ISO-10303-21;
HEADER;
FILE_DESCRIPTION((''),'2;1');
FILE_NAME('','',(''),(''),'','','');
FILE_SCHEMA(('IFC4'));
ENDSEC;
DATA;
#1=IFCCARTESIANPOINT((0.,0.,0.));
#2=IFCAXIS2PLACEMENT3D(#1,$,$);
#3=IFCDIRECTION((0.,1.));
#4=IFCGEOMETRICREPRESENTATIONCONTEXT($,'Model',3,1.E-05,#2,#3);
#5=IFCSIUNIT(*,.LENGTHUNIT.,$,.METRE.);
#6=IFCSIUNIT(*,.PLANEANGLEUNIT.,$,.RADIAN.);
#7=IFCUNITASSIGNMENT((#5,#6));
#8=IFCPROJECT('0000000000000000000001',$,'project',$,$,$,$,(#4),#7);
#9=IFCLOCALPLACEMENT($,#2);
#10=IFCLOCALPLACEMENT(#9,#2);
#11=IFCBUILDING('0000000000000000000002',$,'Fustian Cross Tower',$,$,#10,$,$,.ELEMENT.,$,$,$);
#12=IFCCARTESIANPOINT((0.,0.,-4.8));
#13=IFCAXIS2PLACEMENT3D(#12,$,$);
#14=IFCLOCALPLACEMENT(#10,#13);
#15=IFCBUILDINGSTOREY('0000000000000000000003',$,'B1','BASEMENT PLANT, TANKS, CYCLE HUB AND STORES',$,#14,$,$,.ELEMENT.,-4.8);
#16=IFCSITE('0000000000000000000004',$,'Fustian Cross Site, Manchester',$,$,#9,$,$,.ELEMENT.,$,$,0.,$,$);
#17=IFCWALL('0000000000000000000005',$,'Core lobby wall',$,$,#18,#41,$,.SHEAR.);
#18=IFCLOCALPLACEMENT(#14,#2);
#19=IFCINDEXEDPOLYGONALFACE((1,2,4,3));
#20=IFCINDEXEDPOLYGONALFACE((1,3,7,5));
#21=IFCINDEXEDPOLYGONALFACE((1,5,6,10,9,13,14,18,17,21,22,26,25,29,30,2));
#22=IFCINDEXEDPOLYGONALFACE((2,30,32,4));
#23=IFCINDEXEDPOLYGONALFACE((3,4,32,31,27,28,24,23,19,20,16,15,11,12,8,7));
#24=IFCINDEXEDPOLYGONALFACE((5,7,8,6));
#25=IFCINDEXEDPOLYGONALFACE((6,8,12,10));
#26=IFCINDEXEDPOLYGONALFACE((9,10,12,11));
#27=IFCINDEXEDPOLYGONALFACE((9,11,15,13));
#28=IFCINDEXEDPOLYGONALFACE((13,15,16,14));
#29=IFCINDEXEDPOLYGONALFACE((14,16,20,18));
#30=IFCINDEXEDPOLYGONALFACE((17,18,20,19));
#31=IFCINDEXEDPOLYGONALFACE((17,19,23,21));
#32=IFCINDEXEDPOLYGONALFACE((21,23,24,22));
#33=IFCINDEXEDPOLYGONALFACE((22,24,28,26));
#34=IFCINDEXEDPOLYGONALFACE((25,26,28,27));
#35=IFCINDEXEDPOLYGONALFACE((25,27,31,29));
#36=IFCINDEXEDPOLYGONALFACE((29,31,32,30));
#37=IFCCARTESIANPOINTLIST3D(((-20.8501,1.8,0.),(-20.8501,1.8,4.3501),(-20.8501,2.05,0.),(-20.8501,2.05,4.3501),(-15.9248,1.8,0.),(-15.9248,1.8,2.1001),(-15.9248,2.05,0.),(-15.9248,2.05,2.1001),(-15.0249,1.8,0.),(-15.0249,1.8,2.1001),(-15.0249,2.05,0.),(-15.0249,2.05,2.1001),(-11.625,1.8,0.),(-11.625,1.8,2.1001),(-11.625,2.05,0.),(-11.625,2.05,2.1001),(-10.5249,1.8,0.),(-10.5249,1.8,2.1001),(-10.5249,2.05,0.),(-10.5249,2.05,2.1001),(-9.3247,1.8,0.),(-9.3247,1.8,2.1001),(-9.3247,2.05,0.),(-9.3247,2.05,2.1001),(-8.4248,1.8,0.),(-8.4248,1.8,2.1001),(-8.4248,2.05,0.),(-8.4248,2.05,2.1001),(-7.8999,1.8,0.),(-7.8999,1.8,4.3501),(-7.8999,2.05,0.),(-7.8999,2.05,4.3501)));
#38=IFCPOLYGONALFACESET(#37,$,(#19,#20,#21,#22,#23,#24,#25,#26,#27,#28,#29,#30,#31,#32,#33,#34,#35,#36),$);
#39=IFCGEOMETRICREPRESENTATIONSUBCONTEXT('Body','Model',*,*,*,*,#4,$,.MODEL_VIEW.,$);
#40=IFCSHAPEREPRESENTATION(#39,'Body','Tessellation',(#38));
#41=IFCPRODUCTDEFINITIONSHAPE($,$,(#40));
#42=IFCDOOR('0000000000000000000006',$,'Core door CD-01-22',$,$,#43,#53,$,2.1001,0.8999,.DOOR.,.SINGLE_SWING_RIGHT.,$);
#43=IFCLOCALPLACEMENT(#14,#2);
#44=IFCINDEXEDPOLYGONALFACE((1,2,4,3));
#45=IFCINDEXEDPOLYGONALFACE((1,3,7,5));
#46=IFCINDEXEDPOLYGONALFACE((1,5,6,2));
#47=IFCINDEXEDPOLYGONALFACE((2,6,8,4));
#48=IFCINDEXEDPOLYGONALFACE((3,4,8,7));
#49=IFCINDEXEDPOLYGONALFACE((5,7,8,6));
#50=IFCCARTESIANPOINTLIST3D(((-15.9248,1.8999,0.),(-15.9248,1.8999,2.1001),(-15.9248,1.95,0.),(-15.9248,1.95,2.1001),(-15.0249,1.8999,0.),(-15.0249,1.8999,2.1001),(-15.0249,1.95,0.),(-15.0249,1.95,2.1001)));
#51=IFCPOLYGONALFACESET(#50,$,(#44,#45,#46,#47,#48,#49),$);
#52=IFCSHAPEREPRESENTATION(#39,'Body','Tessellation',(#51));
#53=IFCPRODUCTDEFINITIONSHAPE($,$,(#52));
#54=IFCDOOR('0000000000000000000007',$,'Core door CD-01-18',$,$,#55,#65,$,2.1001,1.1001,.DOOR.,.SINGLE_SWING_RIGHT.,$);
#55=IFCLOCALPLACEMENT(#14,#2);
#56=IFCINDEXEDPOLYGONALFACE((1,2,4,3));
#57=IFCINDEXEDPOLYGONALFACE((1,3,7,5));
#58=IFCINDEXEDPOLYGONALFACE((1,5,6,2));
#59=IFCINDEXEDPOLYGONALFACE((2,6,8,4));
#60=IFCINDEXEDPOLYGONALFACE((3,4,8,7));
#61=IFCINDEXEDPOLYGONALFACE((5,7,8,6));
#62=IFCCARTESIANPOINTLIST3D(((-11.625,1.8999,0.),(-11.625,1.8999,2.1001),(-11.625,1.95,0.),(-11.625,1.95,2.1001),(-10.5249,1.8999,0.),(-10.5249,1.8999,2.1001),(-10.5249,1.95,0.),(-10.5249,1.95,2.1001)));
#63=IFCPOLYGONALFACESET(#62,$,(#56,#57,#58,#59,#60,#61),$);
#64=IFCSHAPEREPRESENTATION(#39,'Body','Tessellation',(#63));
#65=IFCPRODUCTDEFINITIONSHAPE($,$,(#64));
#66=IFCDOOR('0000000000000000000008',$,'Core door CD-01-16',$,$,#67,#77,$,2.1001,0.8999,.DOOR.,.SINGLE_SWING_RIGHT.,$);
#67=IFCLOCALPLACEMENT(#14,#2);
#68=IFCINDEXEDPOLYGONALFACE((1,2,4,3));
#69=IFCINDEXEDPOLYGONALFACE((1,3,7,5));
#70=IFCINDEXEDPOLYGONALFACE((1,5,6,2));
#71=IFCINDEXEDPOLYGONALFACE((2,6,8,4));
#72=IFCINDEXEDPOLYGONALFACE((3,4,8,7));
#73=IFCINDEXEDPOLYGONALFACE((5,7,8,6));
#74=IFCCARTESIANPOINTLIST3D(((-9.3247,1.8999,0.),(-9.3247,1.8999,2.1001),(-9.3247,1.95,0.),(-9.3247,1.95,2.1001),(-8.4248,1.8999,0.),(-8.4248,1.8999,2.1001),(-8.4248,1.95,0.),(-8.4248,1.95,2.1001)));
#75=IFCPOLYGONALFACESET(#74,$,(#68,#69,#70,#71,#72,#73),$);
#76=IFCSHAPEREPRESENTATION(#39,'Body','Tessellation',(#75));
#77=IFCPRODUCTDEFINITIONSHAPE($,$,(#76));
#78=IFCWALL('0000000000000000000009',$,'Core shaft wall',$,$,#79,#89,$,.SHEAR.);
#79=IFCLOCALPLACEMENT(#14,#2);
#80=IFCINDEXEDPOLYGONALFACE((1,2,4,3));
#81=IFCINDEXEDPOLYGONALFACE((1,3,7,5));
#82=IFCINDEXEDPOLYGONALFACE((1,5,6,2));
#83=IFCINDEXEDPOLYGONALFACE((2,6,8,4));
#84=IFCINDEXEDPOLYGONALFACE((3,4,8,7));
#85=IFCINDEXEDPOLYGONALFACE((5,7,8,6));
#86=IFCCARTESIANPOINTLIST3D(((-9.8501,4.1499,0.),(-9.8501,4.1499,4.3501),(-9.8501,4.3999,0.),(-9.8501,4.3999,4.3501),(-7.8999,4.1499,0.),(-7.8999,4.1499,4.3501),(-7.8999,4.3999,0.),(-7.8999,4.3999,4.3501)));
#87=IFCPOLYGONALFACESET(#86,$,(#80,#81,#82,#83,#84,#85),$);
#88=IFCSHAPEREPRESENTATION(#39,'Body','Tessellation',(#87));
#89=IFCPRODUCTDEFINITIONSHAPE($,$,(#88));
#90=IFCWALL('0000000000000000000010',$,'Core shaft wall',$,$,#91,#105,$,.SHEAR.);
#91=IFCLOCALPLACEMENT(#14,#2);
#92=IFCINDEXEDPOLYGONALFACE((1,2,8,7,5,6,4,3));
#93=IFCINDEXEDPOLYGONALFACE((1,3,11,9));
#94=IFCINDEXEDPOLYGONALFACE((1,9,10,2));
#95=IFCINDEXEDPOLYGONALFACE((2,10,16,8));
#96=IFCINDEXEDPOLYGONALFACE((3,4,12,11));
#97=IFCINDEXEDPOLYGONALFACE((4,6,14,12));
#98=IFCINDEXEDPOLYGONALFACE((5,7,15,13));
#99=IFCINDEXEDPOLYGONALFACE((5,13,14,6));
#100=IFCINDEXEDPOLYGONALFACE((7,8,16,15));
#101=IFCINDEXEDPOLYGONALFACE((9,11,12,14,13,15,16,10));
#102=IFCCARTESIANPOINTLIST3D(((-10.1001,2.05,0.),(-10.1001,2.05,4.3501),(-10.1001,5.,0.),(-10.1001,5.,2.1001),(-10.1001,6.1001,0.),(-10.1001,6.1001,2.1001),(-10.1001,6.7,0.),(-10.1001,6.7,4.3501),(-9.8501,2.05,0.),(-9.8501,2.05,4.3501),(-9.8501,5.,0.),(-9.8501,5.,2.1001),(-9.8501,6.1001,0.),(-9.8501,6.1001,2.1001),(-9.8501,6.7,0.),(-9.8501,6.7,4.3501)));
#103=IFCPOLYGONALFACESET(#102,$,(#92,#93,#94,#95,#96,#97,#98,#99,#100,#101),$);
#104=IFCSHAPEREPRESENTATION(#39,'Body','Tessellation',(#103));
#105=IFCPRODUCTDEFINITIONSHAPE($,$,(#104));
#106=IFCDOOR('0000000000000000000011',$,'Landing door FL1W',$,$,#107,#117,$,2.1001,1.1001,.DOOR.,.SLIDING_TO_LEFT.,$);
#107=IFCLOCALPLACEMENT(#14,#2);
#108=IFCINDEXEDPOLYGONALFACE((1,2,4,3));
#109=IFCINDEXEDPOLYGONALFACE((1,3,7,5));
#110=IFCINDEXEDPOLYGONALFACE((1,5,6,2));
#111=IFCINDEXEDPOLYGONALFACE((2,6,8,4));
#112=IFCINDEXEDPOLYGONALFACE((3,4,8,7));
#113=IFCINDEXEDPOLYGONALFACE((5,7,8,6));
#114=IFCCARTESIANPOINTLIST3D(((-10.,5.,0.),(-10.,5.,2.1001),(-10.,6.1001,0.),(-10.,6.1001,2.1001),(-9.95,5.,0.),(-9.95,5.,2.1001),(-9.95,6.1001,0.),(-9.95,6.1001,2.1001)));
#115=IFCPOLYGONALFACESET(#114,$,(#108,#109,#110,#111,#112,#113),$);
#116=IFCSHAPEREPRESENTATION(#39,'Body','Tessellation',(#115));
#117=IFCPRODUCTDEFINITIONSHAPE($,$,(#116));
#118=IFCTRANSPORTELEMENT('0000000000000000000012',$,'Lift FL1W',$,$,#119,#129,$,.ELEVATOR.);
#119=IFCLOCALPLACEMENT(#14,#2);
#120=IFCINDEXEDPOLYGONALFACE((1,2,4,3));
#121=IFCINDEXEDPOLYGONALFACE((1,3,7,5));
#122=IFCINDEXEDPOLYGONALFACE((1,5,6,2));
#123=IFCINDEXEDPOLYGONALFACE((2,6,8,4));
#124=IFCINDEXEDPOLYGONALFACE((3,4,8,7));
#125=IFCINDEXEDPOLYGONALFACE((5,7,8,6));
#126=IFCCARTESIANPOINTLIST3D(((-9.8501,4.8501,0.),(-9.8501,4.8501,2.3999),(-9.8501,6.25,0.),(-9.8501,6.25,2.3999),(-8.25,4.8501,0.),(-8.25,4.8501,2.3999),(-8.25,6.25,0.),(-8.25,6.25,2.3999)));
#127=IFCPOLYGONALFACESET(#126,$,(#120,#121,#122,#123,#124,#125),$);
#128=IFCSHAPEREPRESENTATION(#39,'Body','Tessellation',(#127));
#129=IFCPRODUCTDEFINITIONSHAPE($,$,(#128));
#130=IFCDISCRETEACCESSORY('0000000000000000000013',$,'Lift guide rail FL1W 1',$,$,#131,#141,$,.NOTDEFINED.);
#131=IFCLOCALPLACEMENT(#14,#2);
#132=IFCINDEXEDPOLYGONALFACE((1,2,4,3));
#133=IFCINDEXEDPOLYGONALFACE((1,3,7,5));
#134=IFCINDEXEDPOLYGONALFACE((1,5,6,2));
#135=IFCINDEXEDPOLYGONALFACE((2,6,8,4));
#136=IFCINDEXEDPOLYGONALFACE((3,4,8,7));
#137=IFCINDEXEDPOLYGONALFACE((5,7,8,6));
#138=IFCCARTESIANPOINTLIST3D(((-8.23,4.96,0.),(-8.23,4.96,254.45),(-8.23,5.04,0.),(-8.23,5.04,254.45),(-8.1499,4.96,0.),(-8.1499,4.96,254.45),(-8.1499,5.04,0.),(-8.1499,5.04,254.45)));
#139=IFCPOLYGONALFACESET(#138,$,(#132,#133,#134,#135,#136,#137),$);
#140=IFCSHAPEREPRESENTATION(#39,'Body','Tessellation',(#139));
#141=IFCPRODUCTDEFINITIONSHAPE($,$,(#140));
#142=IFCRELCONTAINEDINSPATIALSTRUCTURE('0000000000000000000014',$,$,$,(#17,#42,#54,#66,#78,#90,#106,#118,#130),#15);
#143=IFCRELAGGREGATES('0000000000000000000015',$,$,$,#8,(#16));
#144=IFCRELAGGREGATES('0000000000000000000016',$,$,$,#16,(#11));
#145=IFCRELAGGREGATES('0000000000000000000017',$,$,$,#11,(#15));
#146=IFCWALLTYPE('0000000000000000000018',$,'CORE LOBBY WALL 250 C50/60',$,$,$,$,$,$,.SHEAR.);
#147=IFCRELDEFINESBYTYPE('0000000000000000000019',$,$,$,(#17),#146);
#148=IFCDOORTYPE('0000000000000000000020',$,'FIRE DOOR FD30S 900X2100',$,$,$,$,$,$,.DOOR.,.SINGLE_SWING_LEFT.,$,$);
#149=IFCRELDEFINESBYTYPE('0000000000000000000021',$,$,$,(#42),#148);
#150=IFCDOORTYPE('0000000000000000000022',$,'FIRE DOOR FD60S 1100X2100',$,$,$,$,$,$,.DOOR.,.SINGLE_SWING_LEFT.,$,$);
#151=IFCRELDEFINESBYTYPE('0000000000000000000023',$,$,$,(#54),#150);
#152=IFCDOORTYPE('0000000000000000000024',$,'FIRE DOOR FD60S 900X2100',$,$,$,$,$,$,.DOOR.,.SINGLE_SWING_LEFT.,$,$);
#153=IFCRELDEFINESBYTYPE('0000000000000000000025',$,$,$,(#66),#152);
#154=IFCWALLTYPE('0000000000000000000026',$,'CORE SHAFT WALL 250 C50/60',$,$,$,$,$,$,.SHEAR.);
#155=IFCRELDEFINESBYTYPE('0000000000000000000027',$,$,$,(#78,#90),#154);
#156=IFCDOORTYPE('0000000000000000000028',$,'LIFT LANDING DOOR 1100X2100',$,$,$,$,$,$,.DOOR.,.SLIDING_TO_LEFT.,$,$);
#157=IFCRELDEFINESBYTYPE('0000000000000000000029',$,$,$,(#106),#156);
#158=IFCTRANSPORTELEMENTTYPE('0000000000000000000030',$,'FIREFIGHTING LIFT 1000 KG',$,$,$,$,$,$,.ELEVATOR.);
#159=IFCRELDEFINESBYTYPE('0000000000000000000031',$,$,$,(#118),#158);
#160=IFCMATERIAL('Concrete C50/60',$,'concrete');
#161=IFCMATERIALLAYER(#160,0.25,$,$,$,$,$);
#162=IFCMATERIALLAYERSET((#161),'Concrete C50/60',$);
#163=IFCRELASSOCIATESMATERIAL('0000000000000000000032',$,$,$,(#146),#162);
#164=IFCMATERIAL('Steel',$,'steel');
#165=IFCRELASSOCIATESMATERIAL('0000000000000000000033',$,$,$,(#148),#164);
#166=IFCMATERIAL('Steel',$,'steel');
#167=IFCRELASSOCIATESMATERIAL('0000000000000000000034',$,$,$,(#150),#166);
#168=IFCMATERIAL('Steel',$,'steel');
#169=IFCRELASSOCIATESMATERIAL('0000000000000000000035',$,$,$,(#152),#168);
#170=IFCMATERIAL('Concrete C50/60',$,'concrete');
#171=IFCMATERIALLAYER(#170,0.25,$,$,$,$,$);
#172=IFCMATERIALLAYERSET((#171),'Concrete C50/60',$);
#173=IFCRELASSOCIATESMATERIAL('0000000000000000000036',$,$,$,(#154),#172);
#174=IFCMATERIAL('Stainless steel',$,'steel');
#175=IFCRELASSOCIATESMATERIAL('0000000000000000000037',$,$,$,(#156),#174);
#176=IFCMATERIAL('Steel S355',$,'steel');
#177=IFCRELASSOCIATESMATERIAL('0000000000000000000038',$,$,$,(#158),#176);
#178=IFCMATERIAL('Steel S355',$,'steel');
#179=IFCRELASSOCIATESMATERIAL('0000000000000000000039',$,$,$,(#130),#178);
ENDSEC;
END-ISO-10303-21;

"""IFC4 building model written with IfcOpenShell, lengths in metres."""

from ifc_helpers import new_model, si_unit, direction, frame, frame_2d, origin, origin_2d, place, context, subcontext, project, spatial, rectangle, extrude, material, layer, layer_set, type_object, element, fill, save


model = new_model("IFC4")

# Units and contexts
model_context = context("Model", 3, precision=1e-05, world=origin(), true_north=direction((0.0, 1.0)))
body_context = subcontext(model_context, "Body", "Model", "MODEL_VIEW")
ifc_project = project(units=[si_unit("LENGTHUNIT", "METRE"), si_unit("PLANEANGLEUNIT", "RADIAN")], contexts=[model_context])

# Site, building, storey
site_placement = place(None, origin())
site = spatial("IfcSite", under=ifc_project, at=site_placement, Name="Fustian Cross Site, Manchester", CompositionType="ELEMENT", RefElevation=0.0)
building_placement = place(site_placement, origin())
building = spatial("IfcBuilding", under=site, at=building_placement, Name="Fustian Cross Tower", CompositionType="ELEMENT")
storey_placement = place(building_placement, frame((0.0, 0.0, -4.8)))
storey = spatial("IfcBuildingStorey", under=building, at=storey_placement, Name="B1", Description="BASEMENT PLANT, TANKS, CYCLE HUB AND STORES", CompositionType="ELEMENT", Elevation=-4.8)

# Wall, openings, doors
ifc_material_1 = material(Name="Concrete C50/60", Category="concrete")
ifc_layer_1 = layer(ifc_material_1, 0.25)
ifc_layer_set_1 = layer_set([ifc_layer_1], Name="Concrete C50/60")
wall_type_1 = type_object("IfcWallType", Name="CORE LOBBY WALL 250 C50/60", PredefinedType="SHEAR", material=ifc_layer_set_1)
wall_1_placement = place(storey_placement, frame((-7.8999, 1.925, 0.0), z_axis=(0.0, 0.0, 1.0), x_axis=(-1.0, 0.0, 0.0)))
wall_1 = element("IfcWall", 1, at=wall_1_placement, inside=storey, type_object=wall_type_1, Name="Core lobby wall", PredefinedType="SHEAR", context=body_context, shape_type="SweptSolid", body=[
    extrude(rectangle(XDim=12.9502, YDim=0.25, at=frame_2d((6.4751, 0.0))), origin(), (0.0, 0.0, 1.0), 4.3501),
])
opening_1_placement = place(wall_1_placement, frame((0.5249, 0.0, 0.0)))
opening_1 = element("IfcOpeningElement", 2, at=opening_1_placement, cuts=wall_1, PredefinedType="OPENING", context=body_context, shape_type="SweptSolid", body=[
    extrude(rectangle(XDim=0.8999, YDim=2.1001, at=frame_2d((0.45, 1.05))), frame((0.0, 0.135, 0.0), z_axis=(0.0, -1.0, 0.0), x_axis=(1.0, 0.0, 0.0)), (0.0, 0.0, 1.0), 0.27),
])
opening_2_placement = place(wall_1_placement, frame((2.625, 0.0, 0.0)))
opening_2 = element("IfcOpeningElement", 3, at=opening_2_placement, cuts=wall_1, PredefinedType="OPENING", context=body_context, shape_type="SweptSolid", body=[
    extrude(rectangle(XDim=1.1001, YDim=2.1001, at=frame_2d((0.55, 1.05))), frame((0.0, 0.135, 0.0), z_axis=(0.0, -1.0, 0.0), x_axis=(1.0, 0.0, 0.0)), (0.0, 0.0, 1.0), 0.27),
])
opening_3_placement = place(wall_1_placement, frame((7.125, 0.0, 0.0)))
opening_3 = element("IfcOpeningElement", 4, at=opening_3_placement, cuts=wall_1, PredefinedType="OPENING", context=body_context, shape_type="SweptSolid", body=[
    extrude(rectangle(XDim=0.8999, YDim=2.1001, at=frame_2d((0.45, 1.05))), frame((0.0, 0.135, 0.0), z_axis=(0.0, -1.0, 0.0), x_axis=(1.0, 0.0, 0.0)), (0.0, 0.0, 1.0), 0.27),
])
ifc_material_2 = material(Name="Steel", Category="steel")
door_type_1 = type_object("IfcDoorType", Name="FIRE DOOR FD30S 900X2100", OperationType="SINGLE_SWING_LEFT", PredefinedType="DOOR", material=ifc_material_2)
door_1_placement = place(opening_3_placement, frame((0.8999, 0.0, 0.0), z_axis=(0.0, 0.0, 1.0), x_axis=(-1.0, 0.0, 0.0)))
door_1 = element("IfcDoor", 5, at=door_1_placement, inside=storey, type_object=door_type_1, Name="Core door CD-01-22", OperationType="SINGLE_SWING_RIGHT", OverallHeight=2.1001, OverallWidth=0.8999, PredefinedType="DOOR", context=body_context, shape_type="SweptSolid", body=[
    extrude(rectangle(XDim=0.8999, YDim=2.1001, at=frame_2d((0.45, 1.05))), frame((0.0, 0.0249, 0.0), z_axis=(0.0, -1.0, 0.0), x_axis=(1.0, 0.0, 0.0)), (0.0, 0.0, 1.0), 0.05),
])
fill(opening_3, door_1)
ifc_material_3 = material(Name="Steel", Category="steel")
door_type_2 = type_object("IfcDoorType", Name="FIRE DOOR FD60S 1100X2100", OperationType="SINGLE_SWING_LEFT", PredefinedType="DOOR", material=ifc_material_3)
door_2_placement = place(opening_2_placement, frame((1.1001, 0.0, 0.0), z_axis=(0.0, 0.0, 1.0), x_axis=(-1.0, 0.0, 0.0)))
door_2 = element("IfcDoor", 6, at=door_2_placement, inside=storey, type_object=door_type_2, Name="Core door CD-01-18", OperationType="SINGLE_SWING_RIGHT", OverallHeight=2.1001, OverallWidth=1.1001, PredefinedType="DOOR", context=body_context, shape_type="SweptSolid", body=[
    extrude(rectangle(XDim=1.1001, YDim=2.1001, at=frame_2d((0.55, 1.05))), frame((0.0, 0.0249, 0.0), z_axis=(0.0, -1.0, 0.0), x_axis=(1.0, 0.0, 0.0)), (0.0, 0.0, 1.0), 0.05),
])
fill(opening_2, door_2)
ifc_material_4 = material(Name="Steel", Category="steel")
door_type_3 = type_object("IfcDoorType", Name="FIRE DOOR FD60S 900X2100", OperationType="SINGLE_SWING_LEFT", PredefinedType="DOOR", material=ifc_material_4)
door_3_placement = place(opening_1_placement, frame((0.8999, 0.0, 0.0), z_axis=(0.0, 0.0, 1.0), x_axis=(-1.0, 0.0, 0.0)))
door_3 = element("IfcDoor", 7, at=door_3_placement, inside=storey, type_object=door_type_3, Name="Core door CD-01-16", OperationType="SINGLE_SWING_RIGHT", OverallHeight=2.1001, OverallWidth=0.8999, PredefinedType="DOOR", context=body_context, shape_type="SweptSolid", body=[
    extrude(rectangle(XDim=0.8999, YDim=2.1001, at=frame_2d((0.45, 1.05))), frame((0.0, 0.0249, 0.0), z_axis=(0.0, -1.0, 0.0), x_axis=(1.0, 0.0, 0.0)), (0.0, 0.0, 1.0), 0.05),
])
fill(opening_1, door_3)

# Wall
ifc_material_5 = material(Name="Concrete C50/60", Category="concrete")
ifc_layer_2 = layer(ifc_material_5, 0.25)
ifc_layer_set_2 = layer_set([ifc_layer_2], Name="Concrete C50/60")
wall_type_2 = type_object("IfcWallType", Name="CORE SHAFT WALL 250 C50/60", PredefinedType="SHEAR", material=ifc_layer_set_2)
wall_2_placement = place(storey_placement, frame((-7.8999, 4.2749, 0.0), z_axis=(0.0, 0.0, 1.0), x_axis=(-1.0, 0.0, 0.0)))
element("IfcWall", 8, at=wall_2_placement, inside=storey, type_object=wall_type_2, Name="Core shaft wall", PredefinedType="SHEAR", context=body_context, shape_type="SweptSolid", body=[
    extrude(rectangle(XDim=1.9502, YDim=0.25, at=frame_2d((0.9751, 0.0))), origin(), (0.0, 0.0, 1.0), 4.3501),
])

# Wall, opening, door
wall_3_placement = place(storey_placement, frame((-9.9751, 2.05, 0.0), z_axis=(0.0, 0.0, 1.0), x_axis=(0.0, 1.0, 0.0)))
wall_3 = element("IfcWall", 9, at=wall_3_placement, inside=storey, type_object=wall_type_2, Name="Core shaft wall", PredefinedType="SHEAR", context=body_context, shape_type="SweptSolid", body=[
    extrude(rectangle(XDim=4.6499, YDim=0.25, at=frame_2d((2.325, 0.0))), origin(), (0.0, 0.0, 1.0), 4.3501),
])
opening_4_placement = place(wall_3_placement, frame((2.95, 0.0, 0.0)))
opening_4 = element("IfcOpeningElement", 10, at=opening_4_placement, cuts=wall_3, PredefinedType="OPENING", context=body_context, shape_type="SweptSolid", body=[
    extrude(rectangle(XDim=1.1001, YDim=2.1001, at=frame_2d((0.55, 1.05))), frame((0.0, 0.135, 0.0), z_axis=(0.0, -1.0, 0.0), x_axis=(1.0, 0.0, 0.0)), (0.0, 0.0, 1.0), 0.27),
])
ifc_material_6 = material(Name="Stainless steel", Category="steel")
door_type_4 = type_object("IfcDoorType", Name="LIFT LANDING DOOR 1100X2100", OperationType="SLIDING_TO_LEFT", PredefinedType="DOOR", material=ifc_material_6)
door_4_placement = place(opening_4_placement, origin())
door_4 = element("IfcDoor", 11, at=door_4_placement, inside=storey, type_object=door_type_4, Name="Landing door FL1W", OperationType="SLIDING_TO_LEFT", OverallHeight=2.1001, OverallWidth=1.1001, PredefinedType="DOOR", context=body_context, shape_type="SweptSolid", body=[
    extrude(rectangle(XDim=1.1001, YDim=2.1001, at=frame_2d((0.55, 1.05))), frame((0.0, 0.0249, 0.0), z_axis=(0.0, -1.0, 0.0), x_axis=(1.0, 0.0, 0.0)), (0.0, 0.0, 1.0), 0.05),
])
fill(opening_4, door_4)

# Transport element
ifc_material_7 = material(Name="Steel S355", Category="steel")
transport_element_type = type_object("IfcTransportElementType", Name="FIREFIGHTING LIFT 1000 KG", PredefinedType="ELEVATOR", material=ifc_material_7)
transport_element_placement = place(storey_placement, frame((-9.05, 5.55, 0.0), z_axis=(0.0, 0.0, 1.0), x_axis=(1.0, 0.0, 0.0)))
element("IfcTransportElement", 12, at=transport_element_placement, inside=storey, type_object=transport_element_type, Name="Lift FL1W", PredefinedType="ELEVATOR", context=body_context, shape_type="SweptSolid", body=[
    extrude(rectangle(XDim=1.6001, YDim=1.3999, at=origin_2d()), origin(), (0.0, 0.0, 1.0), 2.3999),
])

# Discrete accessory
ifc_material_8 = material(Name="Steel S355", Category="steel")
discrete_accessory_placement = place(storey_placement, frame((-8.1899, 5.0, 0.0), z_axis=(0.0, 0.0, 1.0), x_axis=(1.0, 0.0, 0.0)))
element("IfcDiscreteAccessory", 13, at=discrete_accessory_placement, inside=storey, material=ifc_material_8, Name="Lift guide rail FL1W 1", PredefinedType="NOTDEFINED", context=body_context, shape_type="SweptSolid", body=[
    extrude(rectangle(XDim=0.0801, YDim=0.0801, at=origin_2d()), origin(), (0.0, 0.0, 1.0), 254.45),
])

save(model, "model.ifc")
